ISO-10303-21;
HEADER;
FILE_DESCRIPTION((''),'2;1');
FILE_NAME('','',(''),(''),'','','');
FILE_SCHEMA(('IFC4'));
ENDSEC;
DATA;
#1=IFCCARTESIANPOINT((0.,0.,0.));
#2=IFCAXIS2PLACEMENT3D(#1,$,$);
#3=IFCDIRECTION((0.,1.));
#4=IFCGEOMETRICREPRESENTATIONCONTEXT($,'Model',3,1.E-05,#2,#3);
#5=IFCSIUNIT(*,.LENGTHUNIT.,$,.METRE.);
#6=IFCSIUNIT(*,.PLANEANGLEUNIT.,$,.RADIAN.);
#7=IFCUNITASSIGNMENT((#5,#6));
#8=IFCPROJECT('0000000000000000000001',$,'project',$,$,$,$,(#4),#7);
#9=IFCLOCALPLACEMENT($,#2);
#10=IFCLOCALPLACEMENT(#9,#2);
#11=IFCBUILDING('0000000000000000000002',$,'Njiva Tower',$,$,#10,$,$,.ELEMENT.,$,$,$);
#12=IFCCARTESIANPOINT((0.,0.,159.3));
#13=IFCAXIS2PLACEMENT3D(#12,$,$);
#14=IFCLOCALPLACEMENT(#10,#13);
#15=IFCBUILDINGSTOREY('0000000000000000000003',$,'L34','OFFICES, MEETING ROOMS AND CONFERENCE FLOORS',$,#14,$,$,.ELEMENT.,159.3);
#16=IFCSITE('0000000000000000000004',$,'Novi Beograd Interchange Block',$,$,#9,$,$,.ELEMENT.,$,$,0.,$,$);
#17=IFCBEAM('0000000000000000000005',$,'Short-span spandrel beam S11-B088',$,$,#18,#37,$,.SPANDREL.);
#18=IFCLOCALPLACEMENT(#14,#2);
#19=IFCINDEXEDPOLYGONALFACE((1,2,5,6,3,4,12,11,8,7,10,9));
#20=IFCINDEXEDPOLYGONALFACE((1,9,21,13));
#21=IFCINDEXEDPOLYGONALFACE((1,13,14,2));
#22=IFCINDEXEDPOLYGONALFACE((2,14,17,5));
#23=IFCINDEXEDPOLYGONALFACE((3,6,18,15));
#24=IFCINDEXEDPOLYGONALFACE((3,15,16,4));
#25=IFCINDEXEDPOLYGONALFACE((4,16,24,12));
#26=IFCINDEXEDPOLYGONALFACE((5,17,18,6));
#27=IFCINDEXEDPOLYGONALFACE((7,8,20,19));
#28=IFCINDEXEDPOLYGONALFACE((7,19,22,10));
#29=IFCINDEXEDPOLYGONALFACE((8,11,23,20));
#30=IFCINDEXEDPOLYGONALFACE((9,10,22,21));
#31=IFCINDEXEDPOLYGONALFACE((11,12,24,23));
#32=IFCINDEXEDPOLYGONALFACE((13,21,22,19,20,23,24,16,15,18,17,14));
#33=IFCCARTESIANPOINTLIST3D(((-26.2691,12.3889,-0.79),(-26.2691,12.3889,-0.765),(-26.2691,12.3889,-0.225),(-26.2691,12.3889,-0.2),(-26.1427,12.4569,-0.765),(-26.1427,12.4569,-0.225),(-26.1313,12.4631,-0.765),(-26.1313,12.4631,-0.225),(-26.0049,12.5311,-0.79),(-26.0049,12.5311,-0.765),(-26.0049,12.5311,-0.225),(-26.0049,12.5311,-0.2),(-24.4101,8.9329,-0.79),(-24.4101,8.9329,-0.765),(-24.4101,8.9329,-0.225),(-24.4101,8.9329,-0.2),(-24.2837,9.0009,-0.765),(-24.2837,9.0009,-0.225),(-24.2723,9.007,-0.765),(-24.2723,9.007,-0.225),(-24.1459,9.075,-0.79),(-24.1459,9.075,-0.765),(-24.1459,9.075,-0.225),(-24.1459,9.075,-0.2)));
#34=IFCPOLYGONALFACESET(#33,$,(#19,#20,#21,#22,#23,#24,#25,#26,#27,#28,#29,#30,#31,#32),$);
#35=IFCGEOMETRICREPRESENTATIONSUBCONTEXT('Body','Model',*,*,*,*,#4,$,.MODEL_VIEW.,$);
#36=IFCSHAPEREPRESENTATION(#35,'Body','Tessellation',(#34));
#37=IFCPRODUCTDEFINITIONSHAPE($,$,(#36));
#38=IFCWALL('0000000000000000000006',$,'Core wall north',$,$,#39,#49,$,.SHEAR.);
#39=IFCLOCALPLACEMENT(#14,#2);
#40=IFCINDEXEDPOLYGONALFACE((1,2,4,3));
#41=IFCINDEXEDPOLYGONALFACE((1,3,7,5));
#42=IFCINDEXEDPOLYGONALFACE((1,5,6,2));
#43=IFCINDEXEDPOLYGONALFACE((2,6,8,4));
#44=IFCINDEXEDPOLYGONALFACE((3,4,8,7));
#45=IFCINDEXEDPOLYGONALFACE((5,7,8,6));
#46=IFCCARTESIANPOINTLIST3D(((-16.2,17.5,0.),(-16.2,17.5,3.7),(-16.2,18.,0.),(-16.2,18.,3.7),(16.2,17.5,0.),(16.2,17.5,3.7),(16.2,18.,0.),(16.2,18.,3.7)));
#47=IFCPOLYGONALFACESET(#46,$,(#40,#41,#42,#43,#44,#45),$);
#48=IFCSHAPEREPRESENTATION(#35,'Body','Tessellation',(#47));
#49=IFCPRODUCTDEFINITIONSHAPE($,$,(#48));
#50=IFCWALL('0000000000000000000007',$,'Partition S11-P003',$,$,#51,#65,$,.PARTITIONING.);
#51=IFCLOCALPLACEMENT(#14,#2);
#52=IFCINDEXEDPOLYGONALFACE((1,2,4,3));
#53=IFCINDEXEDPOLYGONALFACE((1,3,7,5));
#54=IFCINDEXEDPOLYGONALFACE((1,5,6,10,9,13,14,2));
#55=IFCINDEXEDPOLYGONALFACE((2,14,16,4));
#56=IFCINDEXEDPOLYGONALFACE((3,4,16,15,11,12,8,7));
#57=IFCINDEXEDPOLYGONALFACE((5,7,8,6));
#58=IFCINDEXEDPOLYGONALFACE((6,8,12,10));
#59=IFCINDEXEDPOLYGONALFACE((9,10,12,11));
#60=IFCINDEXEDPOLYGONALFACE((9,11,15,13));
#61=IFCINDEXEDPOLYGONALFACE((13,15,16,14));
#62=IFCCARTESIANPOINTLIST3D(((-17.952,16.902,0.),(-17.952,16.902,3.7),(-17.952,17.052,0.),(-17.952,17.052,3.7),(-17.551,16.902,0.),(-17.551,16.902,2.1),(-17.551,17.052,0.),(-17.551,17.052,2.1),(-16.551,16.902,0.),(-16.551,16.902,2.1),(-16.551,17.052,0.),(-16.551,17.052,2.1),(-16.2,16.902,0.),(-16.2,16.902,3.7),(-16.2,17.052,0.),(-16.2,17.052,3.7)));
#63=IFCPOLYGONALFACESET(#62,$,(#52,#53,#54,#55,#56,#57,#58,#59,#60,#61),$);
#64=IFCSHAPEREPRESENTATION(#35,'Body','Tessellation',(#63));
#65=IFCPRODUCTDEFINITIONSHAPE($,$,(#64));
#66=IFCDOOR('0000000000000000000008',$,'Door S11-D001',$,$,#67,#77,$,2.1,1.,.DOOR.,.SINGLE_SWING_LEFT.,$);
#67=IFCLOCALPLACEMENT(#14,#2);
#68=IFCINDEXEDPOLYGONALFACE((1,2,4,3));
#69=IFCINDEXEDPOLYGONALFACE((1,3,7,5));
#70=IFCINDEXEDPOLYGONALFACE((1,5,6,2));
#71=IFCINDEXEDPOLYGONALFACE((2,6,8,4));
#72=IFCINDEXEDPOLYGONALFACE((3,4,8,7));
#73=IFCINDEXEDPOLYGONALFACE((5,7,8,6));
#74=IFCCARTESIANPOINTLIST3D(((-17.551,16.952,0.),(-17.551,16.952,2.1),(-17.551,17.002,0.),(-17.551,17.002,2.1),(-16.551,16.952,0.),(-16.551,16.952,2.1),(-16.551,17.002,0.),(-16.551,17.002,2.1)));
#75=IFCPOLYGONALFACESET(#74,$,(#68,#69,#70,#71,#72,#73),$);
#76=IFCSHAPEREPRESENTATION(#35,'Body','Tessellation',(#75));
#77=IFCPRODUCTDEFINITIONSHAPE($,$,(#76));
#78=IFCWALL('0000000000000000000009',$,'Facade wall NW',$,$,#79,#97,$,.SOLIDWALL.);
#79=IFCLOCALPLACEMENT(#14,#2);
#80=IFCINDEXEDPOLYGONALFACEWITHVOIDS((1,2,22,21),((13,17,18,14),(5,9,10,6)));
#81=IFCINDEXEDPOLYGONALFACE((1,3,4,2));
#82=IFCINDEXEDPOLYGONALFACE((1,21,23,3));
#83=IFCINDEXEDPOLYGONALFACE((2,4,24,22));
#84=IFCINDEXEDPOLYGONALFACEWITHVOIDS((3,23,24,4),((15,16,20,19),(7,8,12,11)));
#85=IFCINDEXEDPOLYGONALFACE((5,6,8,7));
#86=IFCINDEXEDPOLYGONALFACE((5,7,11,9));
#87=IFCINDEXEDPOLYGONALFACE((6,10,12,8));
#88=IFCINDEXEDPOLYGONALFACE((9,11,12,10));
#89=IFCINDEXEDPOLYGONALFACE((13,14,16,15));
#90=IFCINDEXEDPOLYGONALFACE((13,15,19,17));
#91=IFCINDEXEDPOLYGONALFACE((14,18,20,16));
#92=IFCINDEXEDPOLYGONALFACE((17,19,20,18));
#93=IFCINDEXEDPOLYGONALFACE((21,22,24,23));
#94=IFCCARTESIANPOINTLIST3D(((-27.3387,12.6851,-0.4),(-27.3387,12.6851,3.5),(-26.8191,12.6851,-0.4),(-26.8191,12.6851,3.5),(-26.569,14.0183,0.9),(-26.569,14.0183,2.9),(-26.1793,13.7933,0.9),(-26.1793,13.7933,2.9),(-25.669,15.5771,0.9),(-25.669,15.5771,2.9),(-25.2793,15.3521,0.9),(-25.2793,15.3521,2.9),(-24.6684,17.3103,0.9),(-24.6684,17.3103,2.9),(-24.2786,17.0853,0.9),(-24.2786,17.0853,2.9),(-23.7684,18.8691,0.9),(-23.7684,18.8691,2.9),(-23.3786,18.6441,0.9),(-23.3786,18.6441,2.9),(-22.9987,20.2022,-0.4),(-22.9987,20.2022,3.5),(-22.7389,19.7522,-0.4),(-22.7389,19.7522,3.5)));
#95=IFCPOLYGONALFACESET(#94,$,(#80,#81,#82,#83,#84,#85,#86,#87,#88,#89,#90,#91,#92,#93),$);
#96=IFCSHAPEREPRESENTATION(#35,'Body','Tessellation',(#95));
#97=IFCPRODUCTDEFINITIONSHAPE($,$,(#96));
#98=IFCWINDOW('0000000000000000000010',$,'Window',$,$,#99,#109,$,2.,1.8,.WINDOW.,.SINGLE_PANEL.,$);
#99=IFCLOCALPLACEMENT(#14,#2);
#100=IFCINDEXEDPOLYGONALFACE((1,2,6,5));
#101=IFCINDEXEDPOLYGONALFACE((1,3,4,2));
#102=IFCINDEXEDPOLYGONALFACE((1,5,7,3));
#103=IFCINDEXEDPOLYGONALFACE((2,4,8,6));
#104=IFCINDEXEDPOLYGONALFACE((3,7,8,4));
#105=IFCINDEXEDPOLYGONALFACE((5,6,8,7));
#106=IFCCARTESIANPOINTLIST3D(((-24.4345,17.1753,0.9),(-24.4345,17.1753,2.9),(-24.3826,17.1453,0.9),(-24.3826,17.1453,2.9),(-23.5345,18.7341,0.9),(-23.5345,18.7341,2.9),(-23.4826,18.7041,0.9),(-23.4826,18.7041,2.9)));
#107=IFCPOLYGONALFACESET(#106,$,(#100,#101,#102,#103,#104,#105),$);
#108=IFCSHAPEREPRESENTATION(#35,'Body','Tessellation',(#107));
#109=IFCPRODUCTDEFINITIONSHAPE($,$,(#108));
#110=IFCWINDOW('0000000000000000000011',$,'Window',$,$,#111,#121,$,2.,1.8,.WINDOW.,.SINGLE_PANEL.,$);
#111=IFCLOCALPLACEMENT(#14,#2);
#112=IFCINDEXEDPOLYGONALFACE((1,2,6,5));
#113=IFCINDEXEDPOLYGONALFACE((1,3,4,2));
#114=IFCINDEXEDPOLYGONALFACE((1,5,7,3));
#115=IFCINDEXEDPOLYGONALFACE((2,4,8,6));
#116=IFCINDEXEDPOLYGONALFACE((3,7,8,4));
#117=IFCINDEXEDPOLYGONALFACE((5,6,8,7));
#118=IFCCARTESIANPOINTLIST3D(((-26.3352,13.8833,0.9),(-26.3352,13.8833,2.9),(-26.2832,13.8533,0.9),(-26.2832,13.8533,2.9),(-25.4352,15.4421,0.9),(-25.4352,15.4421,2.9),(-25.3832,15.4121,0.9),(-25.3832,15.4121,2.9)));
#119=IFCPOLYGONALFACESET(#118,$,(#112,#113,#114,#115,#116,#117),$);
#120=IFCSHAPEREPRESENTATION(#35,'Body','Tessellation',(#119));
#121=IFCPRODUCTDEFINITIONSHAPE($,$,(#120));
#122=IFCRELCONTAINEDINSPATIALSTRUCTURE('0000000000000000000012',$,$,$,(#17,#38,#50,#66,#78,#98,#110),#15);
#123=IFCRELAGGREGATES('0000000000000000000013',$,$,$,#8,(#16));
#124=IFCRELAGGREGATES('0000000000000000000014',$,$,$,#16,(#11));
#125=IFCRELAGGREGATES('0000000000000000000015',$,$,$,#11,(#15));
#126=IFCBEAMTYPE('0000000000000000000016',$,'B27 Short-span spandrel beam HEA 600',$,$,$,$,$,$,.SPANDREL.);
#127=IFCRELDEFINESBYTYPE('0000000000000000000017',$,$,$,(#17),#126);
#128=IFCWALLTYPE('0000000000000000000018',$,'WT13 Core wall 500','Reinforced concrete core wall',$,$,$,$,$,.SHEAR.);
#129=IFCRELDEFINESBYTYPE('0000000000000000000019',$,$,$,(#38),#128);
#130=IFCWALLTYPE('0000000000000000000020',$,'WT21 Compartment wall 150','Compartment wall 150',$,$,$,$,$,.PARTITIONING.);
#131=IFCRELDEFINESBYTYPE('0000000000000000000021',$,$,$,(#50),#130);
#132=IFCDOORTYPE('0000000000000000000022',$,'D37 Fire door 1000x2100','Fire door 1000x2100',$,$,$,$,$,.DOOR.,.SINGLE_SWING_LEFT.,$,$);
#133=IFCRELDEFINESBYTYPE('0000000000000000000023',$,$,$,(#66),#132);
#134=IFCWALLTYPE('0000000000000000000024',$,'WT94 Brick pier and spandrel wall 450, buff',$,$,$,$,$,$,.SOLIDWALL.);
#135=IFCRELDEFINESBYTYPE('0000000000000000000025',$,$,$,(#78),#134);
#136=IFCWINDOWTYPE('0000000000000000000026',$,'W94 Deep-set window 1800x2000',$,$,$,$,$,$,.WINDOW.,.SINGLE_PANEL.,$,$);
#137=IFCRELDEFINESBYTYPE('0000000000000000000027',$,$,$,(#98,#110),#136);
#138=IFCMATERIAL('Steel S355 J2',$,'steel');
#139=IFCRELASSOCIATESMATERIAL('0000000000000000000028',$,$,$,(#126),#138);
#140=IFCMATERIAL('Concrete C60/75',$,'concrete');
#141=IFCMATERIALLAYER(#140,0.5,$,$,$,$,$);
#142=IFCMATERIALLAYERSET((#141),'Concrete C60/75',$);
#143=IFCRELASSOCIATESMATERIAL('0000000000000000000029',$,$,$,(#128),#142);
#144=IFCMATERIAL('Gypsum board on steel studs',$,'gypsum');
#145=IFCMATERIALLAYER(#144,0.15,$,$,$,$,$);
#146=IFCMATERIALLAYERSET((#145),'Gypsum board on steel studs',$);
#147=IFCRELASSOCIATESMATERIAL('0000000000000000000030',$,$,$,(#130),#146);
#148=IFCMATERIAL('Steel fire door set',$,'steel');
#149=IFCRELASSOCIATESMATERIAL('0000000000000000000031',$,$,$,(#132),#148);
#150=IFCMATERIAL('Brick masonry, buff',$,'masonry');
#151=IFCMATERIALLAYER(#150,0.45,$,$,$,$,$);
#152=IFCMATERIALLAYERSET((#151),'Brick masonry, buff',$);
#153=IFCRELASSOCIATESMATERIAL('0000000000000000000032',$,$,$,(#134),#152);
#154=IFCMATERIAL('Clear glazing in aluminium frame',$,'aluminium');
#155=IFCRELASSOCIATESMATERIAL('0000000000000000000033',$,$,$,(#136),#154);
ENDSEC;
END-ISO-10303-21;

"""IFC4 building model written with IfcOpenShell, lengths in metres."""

from ifc_helpers import new_model, si_unit, direction, frame, frame_2d, origin, origin_2d, place, context, subcontext, project, spatial, polyline, rectangle, i_section, outline, extrude, material, layer, layer_set, material_profile, profile_set, type_object, element, fill, save


model = new_model("IFC4")

# Units and contexts
model_context = context("Model", 3, precision=1e-05, world=origin(), true_north=direction((0.0, 1.0)))
body_context = subcontext(model_context, "Body", "Model", "MODEL_VIEW")
ifc_project = project(units=[si_unit("LENGTHUNIT", "METRE"), si_unit("PLANEANGLEUNIT", "RADIAN")], contexts=[model_context])

# Site, building, storey
site_placement = place(None, origin())
site = spatial("IfcSite", under=ifc_project, at=site_placement, Name="Novi Beograd Interchange Block", CompositionType="ELEMENT", RefElevation=0.0)
building_placement = place(site_placement, origin())
building = spatial("IfcBuilding", under=site, at=building_placement, Name="Njiva Tower", CompositionType="ELEMENT")
storey_placement = place(building_placement, frame((0.0, 0.0, 159.3)))
storey = spatial("IfcBuildingStorey", under=building, at=storey_placement, Name="L34", Description="OFFICES, MEETING ROOMS AND CONFERENCE FLOORS", CompositionType="ELEMENT", Elevation=159.3)

# Shared definitions
ifc_material_1 = material(Name="Steel S355 J2", Category="steel")

# Beam
ifc_material_profile_1 = material_profile(ifc_material_1, i_section(OverallWidth=0.3, OverallDepth=0.59, WebThickness=0.013, FlangeThickness=0.025, at=origin_2d()), Name="HEA 600")
ifc_profile_set_1 = profile_set([ifc_material_profile_1], Name="Steel S355 J2")
beam_type_1 = type_object("IfcBeamType", Name="B27 Short-span spandrel beam HEA 600", PredefinedType="SPANDREL", material=ifc_profile_set_1)
beam_1_placement = place(storey_placement, frame((-26.137, 12.46, -0.495), z_axis=(0.47372, -0.880676, 0.0), x_axis=(0.880676, 0.47372, 0.0)))
element("IfcBeam", 1, at=beam_1_placement, inside=storey, type_object=beam_type_1, Name="Short-span spandrel beam S11-B088", PredefinedType="SPANDREL", context=body_context, shape_type="SweptSolid", body=[
    extrude(i_section(OverallWidth=0.3, OverallDepth=0.59, WebThickness=0.013, FlangeThickness=0.025, at=origin_2d()), origin(), (0.0, 0.0, 1.0), 3.9243),
])

# Wall
ifc_material_2 = material(Name="Concrete C60/75", Category="concrete")
ifc_layer_1 = layer(ifc_material_2, 0.5)
ifc_layer_set_1 = layer_set([ifc_layer_1], Name="Concrete C60/75")
wall_type_1 = type_object("IfcWallType", Name="WT13 Core wall 500", Description="Reinforced concrete core wall", PredefinedType="SHEAR", material=ifc_layer_set_1)
wall_1_placement = place(storey_placement, frame((-16.2, 17.75, 0.0), z_axis=(0.0, 0.0, 1.0), x_axis=(1.0, 0.0, 0.0)))
element("IfcWall", 2, at=wall_1_placement, inside=storey, type_object=wall_type_1, Name="Core wall north", PredefinedType="SHEAR", context=body_context, shape_type="SweptSolid", body=[
    extrude(rectangle(XDim=32.4, YDim=0.5, at=frame_2d((16.2, 0.0))), origin(), (0.0, 0.0, 1.0), 3.7),
])

# Wall, opening, door
ifc_material_3 = material(Name="Gypsum board on steel studs", Category="gypsum")
ifc_layer_2 = layer(ifc_material_3, 0.15)
ifc_layer_set_2 = layer_set([ifc_layer_2], Name="Gypsum board on steel studs")
wall_type_2 = type_object("IfcWallType", Name="WT21 Compartment wall 150", Description="Compartment wall 150", PredefinedType="PARTITIONING", material=ifc_layer_set_2)
wall_2_placement = place(storey_placement, frame((-17.952, 16.977, 0.0), z_axis=(0.0, 0.0, 1.0), x_axis=(1.0, 0.0, 0.0)))
wall_2 = element("IfcWall", 3, at=wall_2_placement, inside=storey, type_object=wall_type_2, Name="Partition S11-P003", PredefinedType="PARTITIONING", context=body_context, shape_type="SweptSolid", body=[
    extrude(rectangle(XDim=1.752, YDim=0.15, at=frame_2d((0.876, 0.0))), origin(), (0.0, 0.0, 1.0), 3.7),
])
opening_1_placement = place(wall_2_placement, frame((0.401, 0.0, 0.0)))
opening_1 = element("IfcOpeningElement", 4, at=opening_1_placement, cuts=wall_2, PredefinedType="OPENING", context=body_context, shape_type="SweptSolid", body=[
    extrude(rectangle(XDim=1.0, YDim=2.1, at=frame_2d((0.5, 1.05))), frame((0.0, 0.085, 0.0), z_axis=(0.0, -1.0, 0.0), x_axis=(1.0, 0.0, 0.0)), (0.0, 0.0, 1.0), 0.17),
])
ifc_material_4 = material(Name="Steel fire door set", Category="steel")
door_type = type_object("IfcDoorType", Name="D37 Fire door 1000x2100", Description="Fire door 1000x2100", OperationType="SINGLE_SWING_LEFT", PredefinedType="DOOR", material=ifc_material_4)
door_placement = place(opening_1_placement, origin())
door = element("IfcDoor", 5, at=door_placement, inside=storey, type_object=door_type, Name="Door S11-D001", OperationType="SINGLE_SWING_LEFT", OverallHeight=2.1, OverallWidth=1.0, PredefinedType="DOOR", context=body_context, shape_type="SweptSolid", body=[
    extrude(rectangle(XDim=1.0, YDim=2.1, at=frame_2d((0.5, 1.05))), frame((0.0, 0.025, 0.0), z_axis=(0.0, -1.0, 0.0), x_axis=(1.0, 0.0, 0.0)), (0.0, 0.0, 1.0), 0.05),
])
fill(opening_1, door)

# Wall, openings, windows
ifc_material_5 = material(Name="Clear glazing in aluminium frame", Category="aluminium")
ifc_material_6 = material(Name="Brick masonry, buff", Category="masonry")
ifc_layer_3 = layer(ifc_material_6, 0.45)
ifc_layer_set_3 = layer_set([ifc_layer_3], Name="Brick masonry, buff")
wall_type_3 = type_object("IfcWallType", Name="WT94 Brick pier and spandrel wall 450, buff", PredefinedType="SOLIDWALL", material=ifc_layer_set_3)
wall_3_placement = place(storey_placement, frame((-22.8688, 19.9772, -0.4), z_axis=(0.0, 0.0, 1.0), x_axis=(-0.5, -0.866025, 0.0)))
wall_3 = element("IfcWall", 6, at=wall_3_placement, inside=storey, type_object=wall_type_3, Name="Facade wall NW", PredefinedType="SOLIDWALL", context=body_context, shape_type="SweptSolid", body=[
    extrude(outline(polyline([(-0.1299, -0.225), (8.5501, -0.225), (8.2903, 0.225), (0.1299, 0.225), (-0.1299, -0.225)])), origin(), (0.0, 0.0, 1.0), 3.9),
])
opening_2_placement = place(wall_3_placement, frame((1.4094, 0.0, 1.3)))
opening_2 = element("IfcOpeningElement", 7, at=opening_2_placement, cuts=wall_3, PredefinedType="OPENING", context=body_context, shape_type="SweptSolid", body=[
    extrude(rectangle(XDim=1.8, YDim=2.0, at=frame_2d((0.9, 1.0))), frame((0.0, 0.235, 0.0), z_axis=(0.0, -1.0, 0.0), x_axis=(1.0, 0.0, 0.0)), (0.0, 0.0, 1.0), 0.47),
])
opening_3_placement = place(wall_3_placement, frame((5.2107, 0.0, 1.3)))
opening_3 = element("IfcOpeningElement", 8, at=opening_3_placement, cuts=wall_3, PredefinedType="OPENING", context=body_context, shape_type="SweptSolid", body=[
    extrude(rectangle(XDim=1.8, YDim=2.0, at=frame_2d((0.9, 1.0))), frame((0.0, 0.235, 0.0), z_axis=(0.0, -1.0, 0.0), x_axis=(1.0, 0.0, 0.0)), (0.0, 0.0, 1.0), 0.47),
])
window_type_1 = type_object("IfcWindowType", Name="W94 Deep-set window 1800x2000", PartitioningType="SINGLE_PANEL", PredefinedType="WINDOW", material=ifc_material_5)
window_1_placement = place(opening_2_placement, origin())
window_1 = element("IfcWindow", 9, at=window_1_placement, inside=storey, type_object=window_type_1, Name="Window", OverallHeight=2.0, OverallWidth=1.8, PartitioningType="SINGLE_PANEL", PredefinedType="WINDOW", context=body_context, shape_type="SweptSolid", body=[
    extrude(rectangle(XDim=1.8, YDim=2.0, at=frame_2d((0.9, 1.0))), frame((0.0, 0.105, 0.0), z_axis=(0.0, -1.0, 0.0), x_axis=(1.0, 0.0, 0.0)), (0.0, 0.0, 1.0), 0.06),
])
fill(opening_2, window_1)
window_2_placement = place(opening_3_placement, origin())
window_2 = element("IfcWindow", 10, at=window_2_placement, inside=storey, type_object=window_type_1, Name="Window", OverallHeight=2.0, OverallWidth=1.8, PartitioningType="SINGLE_PANEL", PredefinedType="WINDOW", context=body_context, shape_type="SweptSolid", body=[
    extrude(rectangle(XDim=1.8, YDim=2.0, at=frame_2d((0.9, 1.0))), frame((0.0, 0.105, 0.0), z_axis=(0.0, -1.0, 0.0), x_axis=(1.0, 0.0, 0.0)), (0.0, 0.0, 1.0), 0.06),
])
fill(opening_3, window_2)

save(model, "model.ifc")
